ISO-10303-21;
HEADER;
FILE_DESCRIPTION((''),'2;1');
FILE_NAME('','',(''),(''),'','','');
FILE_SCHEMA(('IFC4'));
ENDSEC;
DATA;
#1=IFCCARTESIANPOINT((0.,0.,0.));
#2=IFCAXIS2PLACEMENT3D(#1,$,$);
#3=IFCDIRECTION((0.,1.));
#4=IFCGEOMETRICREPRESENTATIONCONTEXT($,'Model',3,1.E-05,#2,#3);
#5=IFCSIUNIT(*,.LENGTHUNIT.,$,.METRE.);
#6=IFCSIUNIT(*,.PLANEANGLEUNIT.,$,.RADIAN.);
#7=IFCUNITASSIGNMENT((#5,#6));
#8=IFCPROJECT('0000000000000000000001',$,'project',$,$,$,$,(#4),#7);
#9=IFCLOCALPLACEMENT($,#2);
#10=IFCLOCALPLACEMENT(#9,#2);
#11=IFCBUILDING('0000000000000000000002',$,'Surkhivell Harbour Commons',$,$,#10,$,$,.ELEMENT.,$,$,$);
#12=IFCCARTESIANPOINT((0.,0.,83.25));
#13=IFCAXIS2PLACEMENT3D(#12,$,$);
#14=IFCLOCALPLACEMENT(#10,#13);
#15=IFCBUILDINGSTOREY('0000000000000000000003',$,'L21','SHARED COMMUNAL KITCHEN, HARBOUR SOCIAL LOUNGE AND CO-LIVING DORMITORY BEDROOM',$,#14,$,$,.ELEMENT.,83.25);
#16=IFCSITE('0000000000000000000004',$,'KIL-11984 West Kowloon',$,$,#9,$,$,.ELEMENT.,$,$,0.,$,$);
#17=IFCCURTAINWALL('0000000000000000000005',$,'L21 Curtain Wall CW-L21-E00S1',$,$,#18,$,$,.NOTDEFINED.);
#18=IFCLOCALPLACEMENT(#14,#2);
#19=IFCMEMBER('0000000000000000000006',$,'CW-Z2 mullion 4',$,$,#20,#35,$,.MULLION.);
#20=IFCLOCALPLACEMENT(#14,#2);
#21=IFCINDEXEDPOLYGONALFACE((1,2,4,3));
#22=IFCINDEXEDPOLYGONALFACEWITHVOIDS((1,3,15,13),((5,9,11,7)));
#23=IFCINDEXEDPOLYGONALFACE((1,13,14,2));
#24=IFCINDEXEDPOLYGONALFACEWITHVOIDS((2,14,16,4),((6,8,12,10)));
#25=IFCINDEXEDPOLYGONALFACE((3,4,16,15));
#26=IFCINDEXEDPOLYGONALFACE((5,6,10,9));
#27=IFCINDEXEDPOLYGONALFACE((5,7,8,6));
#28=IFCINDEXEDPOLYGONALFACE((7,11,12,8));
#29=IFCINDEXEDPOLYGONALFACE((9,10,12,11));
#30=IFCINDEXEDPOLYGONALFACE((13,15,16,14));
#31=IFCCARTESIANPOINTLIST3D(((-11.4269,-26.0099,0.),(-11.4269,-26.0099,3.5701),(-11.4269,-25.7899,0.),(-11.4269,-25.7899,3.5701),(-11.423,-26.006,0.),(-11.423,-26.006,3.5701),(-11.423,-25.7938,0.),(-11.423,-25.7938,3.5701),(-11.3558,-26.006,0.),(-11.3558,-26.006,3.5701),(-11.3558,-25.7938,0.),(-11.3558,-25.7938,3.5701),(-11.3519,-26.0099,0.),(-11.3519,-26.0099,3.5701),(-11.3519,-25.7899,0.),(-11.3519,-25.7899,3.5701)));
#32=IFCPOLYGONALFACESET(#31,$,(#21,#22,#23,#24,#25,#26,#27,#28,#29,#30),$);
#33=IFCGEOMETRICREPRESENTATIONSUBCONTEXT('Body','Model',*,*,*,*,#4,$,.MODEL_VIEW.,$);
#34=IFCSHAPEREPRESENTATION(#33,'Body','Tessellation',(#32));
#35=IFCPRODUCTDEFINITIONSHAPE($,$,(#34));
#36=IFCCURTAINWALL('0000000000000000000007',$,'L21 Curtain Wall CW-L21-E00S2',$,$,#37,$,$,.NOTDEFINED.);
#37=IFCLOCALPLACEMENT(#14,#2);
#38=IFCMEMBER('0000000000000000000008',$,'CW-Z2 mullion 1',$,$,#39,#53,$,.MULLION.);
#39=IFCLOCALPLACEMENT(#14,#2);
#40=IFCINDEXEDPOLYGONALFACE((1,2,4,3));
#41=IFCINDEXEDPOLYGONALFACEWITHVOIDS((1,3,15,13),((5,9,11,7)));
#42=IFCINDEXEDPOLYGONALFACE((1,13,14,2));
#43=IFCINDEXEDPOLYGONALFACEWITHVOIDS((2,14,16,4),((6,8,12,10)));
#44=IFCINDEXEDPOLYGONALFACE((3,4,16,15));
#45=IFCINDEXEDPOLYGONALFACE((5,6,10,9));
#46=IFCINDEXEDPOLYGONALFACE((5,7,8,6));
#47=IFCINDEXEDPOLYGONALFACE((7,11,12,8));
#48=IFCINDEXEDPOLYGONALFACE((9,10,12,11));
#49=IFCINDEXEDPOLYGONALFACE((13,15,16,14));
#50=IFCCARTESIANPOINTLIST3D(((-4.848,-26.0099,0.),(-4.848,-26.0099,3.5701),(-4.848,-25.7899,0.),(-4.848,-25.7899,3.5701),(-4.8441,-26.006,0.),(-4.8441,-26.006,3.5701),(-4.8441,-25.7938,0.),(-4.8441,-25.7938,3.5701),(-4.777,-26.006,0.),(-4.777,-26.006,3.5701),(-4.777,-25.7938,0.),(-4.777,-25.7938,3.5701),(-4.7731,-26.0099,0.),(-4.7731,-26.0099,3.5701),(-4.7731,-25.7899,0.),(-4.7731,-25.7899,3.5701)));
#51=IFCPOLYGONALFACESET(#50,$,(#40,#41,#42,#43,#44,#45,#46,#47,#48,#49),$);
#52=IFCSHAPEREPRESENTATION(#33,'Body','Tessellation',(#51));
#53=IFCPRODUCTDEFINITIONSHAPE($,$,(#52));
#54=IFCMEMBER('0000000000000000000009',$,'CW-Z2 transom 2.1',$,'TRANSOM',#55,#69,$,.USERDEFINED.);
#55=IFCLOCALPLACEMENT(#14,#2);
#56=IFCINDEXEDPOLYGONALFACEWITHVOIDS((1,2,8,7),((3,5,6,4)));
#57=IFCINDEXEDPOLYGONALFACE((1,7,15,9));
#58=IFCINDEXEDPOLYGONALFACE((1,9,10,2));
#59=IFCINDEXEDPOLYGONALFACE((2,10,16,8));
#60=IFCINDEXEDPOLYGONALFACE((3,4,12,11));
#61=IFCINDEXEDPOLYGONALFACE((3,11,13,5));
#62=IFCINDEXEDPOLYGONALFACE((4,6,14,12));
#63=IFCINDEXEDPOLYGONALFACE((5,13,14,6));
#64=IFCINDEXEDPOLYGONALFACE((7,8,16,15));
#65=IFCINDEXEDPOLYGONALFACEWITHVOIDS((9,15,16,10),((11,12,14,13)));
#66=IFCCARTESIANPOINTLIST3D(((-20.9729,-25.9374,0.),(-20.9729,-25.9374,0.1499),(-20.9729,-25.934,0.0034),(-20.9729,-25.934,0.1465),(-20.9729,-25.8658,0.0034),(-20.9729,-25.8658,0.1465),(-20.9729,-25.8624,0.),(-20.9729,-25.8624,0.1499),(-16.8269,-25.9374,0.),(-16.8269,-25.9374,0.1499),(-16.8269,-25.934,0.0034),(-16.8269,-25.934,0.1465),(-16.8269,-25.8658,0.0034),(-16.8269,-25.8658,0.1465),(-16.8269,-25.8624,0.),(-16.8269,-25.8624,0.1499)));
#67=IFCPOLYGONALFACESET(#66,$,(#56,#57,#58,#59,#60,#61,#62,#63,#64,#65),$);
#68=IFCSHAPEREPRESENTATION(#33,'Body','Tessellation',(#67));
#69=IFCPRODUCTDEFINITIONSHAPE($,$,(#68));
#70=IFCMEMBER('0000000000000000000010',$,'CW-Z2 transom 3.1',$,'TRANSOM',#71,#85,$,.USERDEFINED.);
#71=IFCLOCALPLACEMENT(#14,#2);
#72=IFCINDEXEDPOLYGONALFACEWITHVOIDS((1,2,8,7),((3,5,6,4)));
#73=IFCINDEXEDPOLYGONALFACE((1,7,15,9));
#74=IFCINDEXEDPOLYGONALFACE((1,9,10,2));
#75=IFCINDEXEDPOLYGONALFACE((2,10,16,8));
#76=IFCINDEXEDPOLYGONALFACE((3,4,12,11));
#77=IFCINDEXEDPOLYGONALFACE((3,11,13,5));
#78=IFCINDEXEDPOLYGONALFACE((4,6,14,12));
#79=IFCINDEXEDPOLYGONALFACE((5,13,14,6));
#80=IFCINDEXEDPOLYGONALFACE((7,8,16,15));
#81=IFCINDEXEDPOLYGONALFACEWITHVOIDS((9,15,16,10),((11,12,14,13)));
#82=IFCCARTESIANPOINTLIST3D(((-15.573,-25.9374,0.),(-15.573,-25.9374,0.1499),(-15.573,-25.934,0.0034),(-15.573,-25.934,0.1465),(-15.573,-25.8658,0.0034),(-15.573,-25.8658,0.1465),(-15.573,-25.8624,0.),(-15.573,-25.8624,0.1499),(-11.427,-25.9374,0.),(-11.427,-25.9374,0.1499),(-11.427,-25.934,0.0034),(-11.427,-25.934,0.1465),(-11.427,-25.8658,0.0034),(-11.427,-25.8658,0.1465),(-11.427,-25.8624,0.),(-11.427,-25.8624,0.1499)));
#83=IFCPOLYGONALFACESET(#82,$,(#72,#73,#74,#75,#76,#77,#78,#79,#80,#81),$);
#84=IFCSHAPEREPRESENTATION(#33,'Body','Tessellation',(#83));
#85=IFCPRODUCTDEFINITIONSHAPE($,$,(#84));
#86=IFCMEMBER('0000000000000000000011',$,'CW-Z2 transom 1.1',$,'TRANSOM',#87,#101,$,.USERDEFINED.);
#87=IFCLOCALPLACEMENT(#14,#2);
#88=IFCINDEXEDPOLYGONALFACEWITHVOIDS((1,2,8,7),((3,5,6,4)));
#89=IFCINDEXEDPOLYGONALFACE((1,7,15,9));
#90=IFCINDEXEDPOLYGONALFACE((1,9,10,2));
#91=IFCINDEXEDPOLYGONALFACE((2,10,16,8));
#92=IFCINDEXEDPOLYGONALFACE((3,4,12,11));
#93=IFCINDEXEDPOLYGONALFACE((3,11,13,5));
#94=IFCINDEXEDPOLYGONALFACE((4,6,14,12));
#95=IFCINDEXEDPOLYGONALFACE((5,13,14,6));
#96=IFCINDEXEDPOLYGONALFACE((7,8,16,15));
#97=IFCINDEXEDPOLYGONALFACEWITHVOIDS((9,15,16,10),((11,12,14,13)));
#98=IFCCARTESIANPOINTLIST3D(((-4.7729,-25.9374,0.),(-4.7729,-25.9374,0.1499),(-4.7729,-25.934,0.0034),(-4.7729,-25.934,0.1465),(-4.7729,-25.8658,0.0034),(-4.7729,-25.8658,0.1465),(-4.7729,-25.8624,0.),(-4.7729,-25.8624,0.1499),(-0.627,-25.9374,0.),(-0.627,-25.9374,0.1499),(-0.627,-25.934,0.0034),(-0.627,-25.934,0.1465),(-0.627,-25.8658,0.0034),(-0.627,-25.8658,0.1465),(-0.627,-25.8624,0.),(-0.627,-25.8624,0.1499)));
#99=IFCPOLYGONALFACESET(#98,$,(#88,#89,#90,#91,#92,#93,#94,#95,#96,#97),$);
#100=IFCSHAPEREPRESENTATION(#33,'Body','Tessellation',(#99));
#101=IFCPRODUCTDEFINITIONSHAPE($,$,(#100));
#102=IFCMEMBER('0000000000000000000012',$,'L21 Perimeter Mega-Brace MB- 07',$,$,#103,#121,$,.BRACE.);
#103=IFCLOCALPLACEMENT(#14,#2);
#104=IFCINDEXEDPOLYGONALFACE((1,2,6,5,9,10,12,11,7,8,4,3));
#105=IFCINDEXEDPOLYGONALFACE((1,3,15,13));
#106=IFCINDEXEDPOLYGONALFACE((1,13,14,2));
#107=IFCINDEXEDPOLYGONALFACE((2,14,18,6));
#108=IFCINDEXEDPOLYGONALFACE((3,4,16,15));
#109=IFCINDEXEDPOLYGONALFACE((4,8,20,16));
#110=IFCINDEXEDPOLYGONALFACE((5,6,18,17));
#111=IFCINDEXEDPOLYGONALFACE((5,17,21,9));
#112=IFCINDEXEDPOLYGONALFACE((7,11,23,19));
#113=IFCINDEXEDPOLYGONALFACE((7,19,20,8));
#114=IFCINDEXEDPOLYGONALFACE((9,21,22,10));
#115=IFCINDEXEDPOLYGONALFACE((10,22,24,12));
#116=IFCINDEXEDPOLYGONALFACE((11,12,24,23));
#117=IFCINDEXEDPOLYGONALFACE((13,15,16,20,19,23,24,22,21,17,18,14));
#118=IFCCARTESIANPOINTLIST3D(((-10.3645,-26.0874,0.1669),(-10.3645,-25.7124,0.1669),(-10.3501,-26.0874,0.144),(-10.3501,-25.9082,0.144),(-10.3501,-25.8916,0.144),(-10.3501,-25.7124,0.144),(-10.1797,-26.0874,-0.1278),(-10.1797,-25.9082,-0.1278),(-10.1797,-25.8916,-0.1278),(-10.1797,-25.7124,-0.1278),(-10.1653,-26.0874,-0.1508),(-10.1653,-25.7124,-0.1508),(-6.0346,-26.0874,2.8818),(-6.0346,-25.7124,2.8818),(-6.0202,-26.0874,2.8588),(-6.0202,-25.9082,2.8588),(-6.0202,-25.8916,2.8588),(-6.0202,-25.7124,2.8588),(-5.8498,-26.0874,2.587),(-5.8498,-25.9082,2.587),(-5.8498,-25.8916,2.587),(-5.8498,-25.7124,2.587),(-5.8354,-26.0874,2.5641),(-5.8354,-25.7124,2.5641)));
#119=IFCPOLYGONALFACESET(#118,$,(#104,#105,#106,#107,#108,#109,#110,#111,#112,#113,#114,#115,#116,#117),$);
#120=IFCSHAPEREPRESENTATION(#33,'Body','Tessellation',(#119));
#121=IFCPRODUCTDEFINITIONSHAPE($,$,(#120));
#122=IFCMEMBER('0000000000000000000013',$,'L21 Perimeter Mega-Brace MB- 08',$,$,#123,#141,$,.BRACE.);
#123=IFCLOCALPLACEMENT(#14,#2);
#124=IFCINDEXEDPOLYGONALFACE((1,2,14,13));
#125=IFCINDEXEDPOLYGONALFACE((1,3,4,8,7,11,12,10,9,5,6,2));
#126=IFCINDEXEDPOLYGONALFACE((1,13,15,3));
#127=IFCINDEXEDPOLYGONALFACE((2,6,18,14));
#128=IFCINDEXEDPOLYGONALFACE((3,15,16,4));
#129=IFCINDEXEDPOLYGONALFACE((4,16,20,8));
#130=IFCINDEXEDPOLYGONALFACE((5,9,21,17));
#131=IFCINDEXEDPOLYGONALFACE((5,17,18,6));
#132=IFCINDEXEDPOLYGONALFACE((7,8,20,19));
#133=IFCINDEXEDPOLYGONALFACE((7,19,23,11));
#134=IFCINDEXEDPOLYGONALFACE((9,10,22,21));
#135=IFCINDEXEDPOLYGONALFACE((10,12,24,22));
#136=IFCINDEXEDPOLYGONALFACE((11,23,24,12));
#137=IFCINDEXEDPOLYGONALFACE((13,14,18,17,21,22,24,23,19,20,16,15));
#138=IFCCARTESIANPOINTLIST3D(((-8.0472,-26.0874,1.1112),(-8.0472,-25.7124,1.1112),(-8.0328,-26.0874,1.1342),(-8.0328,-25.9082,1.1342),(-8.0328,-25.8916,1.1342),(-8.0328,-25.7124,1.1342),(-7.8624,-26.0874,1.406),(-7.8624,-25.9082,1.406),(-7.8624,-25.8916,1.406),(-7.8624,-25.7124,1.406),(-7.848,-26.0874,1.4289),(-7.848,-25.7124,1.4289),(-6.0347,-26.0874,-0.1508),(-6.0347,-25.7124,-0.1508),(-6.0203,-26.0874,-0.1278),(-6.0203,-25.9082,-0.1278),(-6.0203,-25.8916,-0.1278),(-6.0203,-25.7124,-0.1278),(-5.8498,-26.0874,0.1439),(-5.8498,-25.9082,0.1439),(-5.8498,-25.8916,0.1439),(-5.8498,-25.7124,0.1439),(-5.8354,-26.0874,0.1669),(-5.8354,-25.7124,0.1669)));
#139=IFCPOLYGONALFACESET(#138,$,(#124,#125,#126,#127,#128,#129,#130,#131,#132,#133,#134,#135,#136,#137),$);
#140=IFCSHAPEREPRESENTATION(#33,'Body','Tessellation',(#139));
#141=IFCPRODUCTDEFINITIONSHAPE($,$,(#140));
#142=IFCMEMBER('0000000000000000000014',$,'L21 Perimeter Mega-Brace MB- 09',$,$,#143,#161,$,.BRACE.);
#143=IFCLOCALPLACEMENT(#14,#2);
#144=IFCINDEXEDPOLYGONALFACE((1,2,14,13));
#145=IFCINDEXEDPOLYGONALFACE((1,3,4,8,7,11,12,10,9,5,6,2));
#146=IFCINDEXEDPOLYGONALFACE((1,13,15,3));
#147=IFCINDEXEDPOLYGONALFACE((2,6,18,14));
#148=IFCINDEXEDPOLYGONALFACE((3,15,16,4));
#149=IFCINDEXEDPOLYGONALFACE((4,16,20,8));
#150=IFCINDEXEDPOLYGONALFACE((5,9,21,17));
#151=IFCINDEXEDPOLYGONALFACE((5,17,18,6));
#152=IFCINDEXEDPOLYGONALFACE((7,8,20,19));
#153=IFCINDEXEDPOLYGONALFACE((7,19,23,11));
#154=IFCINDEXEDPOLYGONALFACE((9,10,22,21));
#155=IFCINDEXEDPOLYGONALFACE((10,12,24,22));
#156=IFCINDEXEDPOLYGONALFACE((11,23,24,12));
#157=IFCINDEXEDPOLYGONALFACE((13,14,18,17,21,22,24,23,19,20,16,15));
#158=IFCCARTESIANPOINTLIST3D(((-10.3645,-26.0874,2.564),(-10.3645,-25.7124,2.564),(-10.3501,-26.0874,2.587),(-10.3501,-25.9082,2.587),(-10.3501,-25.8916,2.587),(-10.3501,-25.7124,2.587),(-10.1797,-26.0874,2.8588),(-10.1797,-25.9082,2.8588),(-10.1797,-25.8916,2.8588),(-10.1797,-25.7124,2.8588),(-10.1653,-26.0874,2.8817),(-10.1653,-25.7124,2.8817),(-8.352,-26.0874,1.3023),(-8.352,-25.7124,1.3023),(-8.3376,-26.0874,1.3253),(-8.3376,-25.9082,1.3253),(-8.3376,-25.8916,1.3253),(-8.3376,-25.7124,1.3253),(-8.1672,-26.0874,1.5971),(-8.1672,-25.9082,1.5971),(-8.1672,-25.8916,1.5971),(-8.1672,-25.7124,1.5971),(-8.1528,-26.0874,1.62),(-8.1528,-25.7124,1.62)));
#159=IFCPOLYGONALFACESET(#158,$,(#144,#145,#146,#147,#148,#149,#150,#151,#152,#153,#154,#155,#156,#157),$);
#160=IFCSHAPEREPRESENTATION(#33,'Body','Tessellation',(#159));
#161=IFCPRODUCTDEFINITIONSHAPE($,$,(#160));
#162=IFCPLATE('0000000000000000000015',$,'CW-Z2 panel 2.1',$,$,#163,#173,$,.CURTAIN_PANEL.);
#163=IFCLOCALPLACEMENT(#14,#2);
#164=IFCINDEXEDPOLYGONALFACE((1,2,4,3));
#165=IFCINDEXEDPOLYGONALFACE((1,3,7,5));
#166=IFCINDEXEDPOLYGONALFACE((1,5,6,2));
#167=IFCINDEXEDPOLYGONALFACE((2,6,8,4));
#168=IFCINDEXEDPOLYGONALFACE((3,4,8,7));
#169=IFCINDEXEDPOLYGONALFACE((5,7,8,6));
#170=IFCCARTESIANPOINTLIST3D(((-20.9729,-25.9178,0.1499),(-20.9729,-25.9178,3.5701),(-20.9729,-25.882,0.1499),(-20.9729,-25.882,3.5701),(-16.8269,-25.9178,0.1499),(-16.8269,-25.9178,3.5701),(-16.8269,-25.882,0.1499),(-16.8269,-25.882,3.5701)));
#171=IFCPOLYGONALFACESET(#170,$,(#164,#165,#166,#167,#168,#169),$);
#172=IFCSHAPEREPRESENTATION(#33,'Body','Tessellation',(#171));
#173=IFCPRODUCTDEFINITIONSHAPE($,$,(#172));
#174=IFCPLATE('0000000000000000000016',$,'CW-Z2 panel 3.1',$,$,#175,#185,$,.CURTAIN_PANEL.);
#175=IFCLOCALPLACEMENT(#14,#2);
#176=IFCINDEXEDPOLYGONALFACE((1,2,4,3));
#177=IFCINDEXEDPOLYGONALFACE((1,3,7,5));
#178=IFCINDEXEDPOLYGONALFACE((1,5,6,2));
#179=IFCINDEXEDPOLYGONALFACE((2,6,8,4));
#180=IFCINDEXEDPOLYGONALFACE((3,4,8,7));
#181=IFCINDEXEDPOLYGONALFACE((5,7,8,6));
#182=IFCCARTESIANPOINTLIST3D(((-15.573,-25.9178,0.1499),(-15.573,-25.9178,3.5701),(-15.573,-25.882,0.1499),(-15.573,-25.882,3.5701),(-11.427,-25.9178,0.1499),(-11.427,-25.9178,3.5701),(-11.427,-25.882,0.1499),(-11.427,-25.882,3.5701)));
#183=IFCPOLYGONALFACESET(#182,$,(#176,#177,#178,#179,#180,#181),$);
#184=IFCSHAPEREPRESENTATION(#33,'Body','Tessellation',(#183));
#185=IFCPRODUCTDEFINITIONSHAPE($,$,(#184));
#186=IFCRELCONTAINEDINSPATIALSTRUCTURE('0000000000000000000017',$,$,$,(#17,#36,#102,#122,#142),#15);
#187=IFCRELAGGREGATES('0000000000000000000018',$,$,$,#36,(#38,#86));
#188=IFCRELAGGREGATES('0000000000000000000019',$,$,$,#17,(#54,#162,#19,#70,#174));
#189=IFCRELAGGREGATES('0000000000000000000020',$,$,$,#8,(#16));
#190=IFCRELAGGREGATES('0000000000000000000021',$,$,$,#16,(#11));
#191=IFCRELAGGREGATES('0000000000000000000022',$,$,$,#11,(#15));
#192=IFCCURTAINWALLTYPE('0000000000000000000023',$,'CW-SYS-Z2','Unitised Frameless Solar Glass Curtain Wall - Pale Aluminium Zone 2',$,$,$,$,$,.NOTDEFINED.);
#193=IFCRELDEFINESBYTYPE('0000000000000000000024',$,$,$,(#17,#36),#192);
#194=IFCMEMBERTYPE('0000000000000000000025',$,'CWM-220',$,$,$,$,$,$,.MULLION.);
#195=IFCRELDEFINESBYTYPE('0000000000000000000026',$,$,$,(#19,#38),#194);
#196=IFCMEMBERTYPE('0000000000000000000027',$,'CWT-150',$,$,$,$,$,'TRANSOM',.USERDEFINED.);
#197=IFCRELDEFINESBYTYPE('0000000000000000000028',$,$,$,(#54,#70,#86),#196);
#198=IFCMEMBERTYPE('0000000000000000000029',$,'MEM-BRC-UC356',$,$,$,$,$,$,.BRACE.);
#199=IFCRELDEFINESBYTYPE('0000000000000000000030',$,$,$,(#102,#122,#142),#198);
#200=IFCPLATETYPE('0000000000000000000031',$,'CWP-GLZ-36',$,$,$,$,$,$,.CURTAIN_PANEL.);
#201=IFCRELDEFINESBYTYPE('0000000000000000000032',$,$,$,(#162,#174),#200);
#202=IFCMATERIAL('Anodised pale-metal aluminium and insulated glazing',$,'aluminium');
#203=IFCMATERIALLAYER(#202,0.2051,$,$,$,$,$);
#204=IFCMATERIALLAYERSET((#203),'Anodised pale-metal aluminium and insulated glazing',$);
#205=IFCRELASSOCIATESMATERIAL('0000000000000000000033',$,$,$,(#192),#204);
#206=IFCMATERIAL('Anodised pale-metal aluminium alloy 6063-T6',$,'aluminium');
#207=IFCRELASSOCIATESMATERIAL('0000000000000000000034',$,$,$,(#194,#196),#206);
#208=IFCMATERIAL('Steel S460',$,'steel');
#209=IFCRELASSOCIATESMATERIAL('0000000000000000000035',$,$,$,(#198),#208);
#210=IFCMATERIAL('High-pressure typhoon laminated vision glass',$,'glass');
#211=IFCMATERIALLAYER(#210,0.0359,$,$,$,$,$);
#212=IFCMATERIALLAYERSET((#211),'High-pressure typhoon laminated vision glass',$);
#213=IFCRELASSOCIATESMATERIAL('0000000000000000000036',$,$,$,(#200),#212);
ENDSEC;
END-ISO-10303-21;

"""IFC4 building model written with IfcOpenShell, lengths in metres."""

from ifc_helpers import new_model, si_unit, direction, frame, frame_2d, origin, origin_2d, place, context, subcontext, project, spatial, rectangle, hollow_rectangle, i_section, extrude, material, layer, layer_set, material_profile, profile_set, type_object, element, aggregate, save


model = new_model("IFC4")

# Units and contexts
model_context = context("Model", 3, precision=1e-05, world=origin(), true_north=direction((0.0, 1.0)))
body_context = subcontext(model_context, "Body", "Model", "MODEL_VIEW")
ifc_project = project(units=[si_unit("LENGTHUNIT", "METRE"), si_unit("PLANEANGLEUNIT", "RADIAN")], contexts=[model_context])

# Site, building, storey
site_placement = place(None, origin())
site = spatial("IfcSite", under=ifc_project, at=site_placement, Name="KIL-11984 West Kowloon", CompositionType="ELEMENT", RefElevation=0.0)
building_placement = place(site_placement, origin())
building = spatial("IfcBuilding", under=site, at=building_placement, Name="Surkhivell Harbour Commons", CompositionType="ELEMENT")
storey_placement = place(building_placement, frame((0.0, 0.0, 83.25)))
storey = spatial("IfcBuildingStorey", under=building, at=storey_placement, Name="L21", Description="SHARED COMMUNAL KITCHEN, HARBOUR SOCIAL LOUNGE AND CO-LIVING DORMITORY BEDROOM", CompositionType="ELEMENT", Elevation=83.25)

# Shared definitions
ifc_material_1 = material(Name="Steel S460", Category="steel")

# Curtain wall, member
ifc_material_2 = material(Name="Anodised pale-metal aluminium and insulated glazing", Category="aluminium")
ifc_layer_1 = layer(ifc_material_2, 0.2051)
ifc_layer_set_1 = layer_set([ifc_layer_1], Name="Anodised pale-metal aluminium and insulated glazing")
curtain_wall_type = type_object("IfcCurtainWallType", Name="CW-SYS-Z2", Description="Unitised Frameless Solar Glass Curtain Wall - Pale Aluminium Zone 2", PredefinedType="NOTDEFINED", material=ifc_layer_set_1)
curtain_wall_1_placement = place(storey_placement, origin())
curtain_wall_1 = element("IfcCurtainWall", 1, at=curtain_wall_1_placement, inside=storey, type_object=curtain_wall_type, Name="L21 Curtain Wall CW-L21-E00S1", PredefinedType="NOTDEFINED")
ifc_material_3 = material(Name="Anodised pale-metal aluminium alloy 6063-T6", Category="aluminium")
ifc_material_profile_1 = material_profile(ifc_material_3, hollow_rectangle(XDim=0.075, YDim=0.22, WallThickness=0.0039, at=origin_2d()), Name="ALU-MULL-75x220")
ifc_profile_set_1 = profile_set([ifc_material_profile_1], Name="Anodised pale-metal aluminium alloy 6063-T6")
member_type_1 = type_object("IfcMemberType", Name="CWM-220", PredefinedType="MULLION", material=ifc_profile_set_1)
member_1_placement = place(storey_placement, frame((-11.3894, -25.8999, 0.0), z_axis=(0.0, 0.0, 1.0), x_axis=(1.0, 0.0, 0.0)))
member_1 = element("IfcMember", 2, at=member_1_placement, type_object=member_type_1, Name="CW-Z2 mullion 4", PredefinedType="MULLION", context=body_context, shape_type="SweptSolid", body=[
    extrude(hollow_rectangle(XDim=0.075, YDim=0.22, WallThickness=0.0039, at=origin_2d()), origin(), (0.0, 0.0, 1.0), 3.5701),
])

# Curtain wall, member
curtain_wall_2_placement = place(storey_placement, origin())
curtain_wall_2 = element("IfcCurtainWall", 3, at=curtain_wall_2_placement, inside=storey, type_object=curtain_wall_type, Name="L21 Curtain Wall CW-L21-E00S2", PredefinedType="NOTDEFINED")
member_2_placement = place(storey_placement, frame((-4.8105, -25.8999, 0.0), z_axis=(0.0, 0.0, 1.0), x_axis=(1.0, 0.0, 0.0)))
member_2 = element("IfcMember", 4, at=member_2_placement, type_object=member_type_1, Name="CW-Z2 mullion 1", PredefinedType="MULLION", context=body_context, shape_type="SweptSolid", body=[
    extrude(hollow_rectangle(XDim=0.075, YDim=0.22, WallThickness=0.0039, at=origin_2d()), origin(), (0.0, 0.0, 1.0), 3.5701),
])

# Members
ifc_material_profile_2 = material_profile(ifc_material_3, hollow_rectangle(XDim=0.075, YDim=0.1499, WallThickness=0.0034, at=origin_2d()), Name="ALU-TRAN-75x150")
ifc_profile_set_2 = profile_set([ifc_material_profile_2], Name="Anodised pale-metal aluminium alloy 6063-T6")
member_type_2 = type_object("IfcMemberType", Name="CWT-150", ElementType="TRANSOM", PredefinedType="USERDEFINED", material=ifc_profile_set_2)
member_3_placement = place(storey_placement, frame((-20.9729, -25.8999, 0.075), z_axis=(1.0, 0.0, 0.0), x_axis=(0.0, 1.0, 0.0)))
member_3 = element("IfcMember", 5, at=member_3_placement, type_object=member_type_2, Name="CW-Z2 transom 2.1", ObjectType="TRANSOM", PredefinedType="USERDEFINED", context=body_context, shape_type="SweptSolid", body=[
    extrude(hollow_rectangle(XDim=0.075, YDim=0.1499, WallThickness=0.0034, at=origin_2d()), origin(), (0.0, 0.0, 1.0), 4.146),
])
member_4_placement = place(storey_placement, frame((-15.573, -25.8999, 0.075), z_axis=(1.0, 0.0, 0.0), x_axis=(0.0, 1.0, 0.0)))
member_4 = element("IfcMember", 6, at=member_4_placement, type_object=member_type_2, Name="CW-Z2 transom 3.1", ObjectType="TRANSOM", PredefinedType="USERDEFINED", context=body_context, shape_type="SweptSolid", body=[
    extrude(hollow_rectangle(XDim=0.075, YDim=0.1499, WallThickness=0.0034, at=origin_2d()), origin(), (0.0, 0.0, 1.0), 4.146),
])
member_5_placement = place(storey_placement, frame((-4.7729, -25.8999, 0.075), z_axis=(1.0, 0.0, 0.0), x_axis=(0.0, 1.0, 0.0)))
member_5 = element("IfcMember", 7, at=member_5_placement, type_object=member_type_2, Name="CW-Z2 transom 1.1", ObjectType="TRANSOM", PredefinedType="USERDEFINED", context=body_context, shape_type="SweptSolid", body=[
    extrude(hollow_rectangle(XDim=0.075, YDim=0.1499, WallThickness=0.0034, at=origin_2d()), origin(), (0.0, 0.0, 1.0), 4.146),
])
aggregate(curtain_wall_2, [member_2, member_5])

# Members
ifc_material_profile_3 = material_profile(ifc_material_1, i_section(OverallWidth=0.375, OverallDepth=0.375, WebThickness=0.0166, FlangeThickness=0.0271, at=origin_2d()), Name="UC356x368x202")
ifc_profile_set_3 = profile_set([ifc_material_profile_3], Name="Steel S460")
member_type_3 = type_object("IfcMemberType", Name="MEM-BRC-UC356", PredefinedType="BRACE", material=ifc_profile_set_3)
member_6_placement = place(storey_placement, frame((-10.2649, -25.8999, 0.0081), z_axis=(0.847233, 0.0, 0.531222), x_axis=(0.0, 1.0, 0.0)))
element("IfcMember", 8, at=member_6_placement, inside=storey, type_object=member_type_3, Name="L21 Perimeter Mega-Brace MB- 07", PredefinedType="BRACE", context=body_context, shape_type="SweptSolid", body=[
    extrude(i_section(OverallWidth=0.375, OverallDepth=0.375, WebThickness=0.0166, FlangeThickness=0.0271, at=origin_2d()), origin(), (0.0, 0.0, 1.0), 5.1106),
])
member_7_placement = place(storey_placement, frame((-5.9351, -25.8999, 0.0081), z_axis=(-0.847206, 0.0, 0.531264), x_axis=(0.0, -1.0, 0.0)))
element("IfcMember", 9, at=member_7_placement, inside=storey, type_object=member_type_3, Name="L21 Perimeter Mega-Brace MB- 08", PredefinedType="BRACE", context=body_context, shape_type="SweptSolid", body=[
    extrude(i_section(OverallWidth=0.375, OverallDepth=0.375, WebThickness=0.0166, FlangeThickness=0.0271, at=origin_2d()), origin(), (0.0, 0.0, 1.0), 2.3755),
])
member_8_placement = place(storey_placement, frame((-8.2524, -25.8999, 1.4612), z_axis=(-0.847253, 0.0, 0.53119), x_axis=(0.0, -1.0, 0.0)))
element("IfcMember", 10, at=member_8_placement, inside=storey, type_object=member_type_3, Name="L21 Perimeter Mega-Brace MB- 09", PredefinedType="BRACE", context=body_context, shape_type="SweptSolid", body=[
    extrude(i_section(OverallWidth=0.375, OverallDepth=0.375, WebThickness=0.0166, FlangeThickness=0.0271, at=origin_2d()), origin(), (0.0, 0.0, 1.0), 2.3752),
])

# Plates
ifc_material_4 = material(Name="High-pressure typhoon laminated vision glass", Category="glass")
ifc_layer_2 = layer(ifc_material_4, 0.0359)
ifc_layer_set_2 = layer_set([ifc_layer_2], Name="High-pressure typhoon laminated vision glass")
plate_type_1 = type_object("IfcPlateType", Name="CWP-GLZ-36", PredefinedType="CURTAIN_PANEL", material=ifc_layer_set_2)
plate_1_placement = place(storey_placement, frame((-20.9729, -25.8999, 0.1499), z_axis=(0.0, 0.0, 1.0), x_axis=(1.0, 0.0, 0.0)))
plate_1 = element("IfcPlate", 11, at=plate_1_placement, type_object=plate_type_1, Name="CW-Z2 panel 2.1", PredefinedType="CURTAIN_PANEL", context=body_context, shape_type="SweptSolid", body=[
    extrude(rectangle(XDim=4.146, YDim=0.0359, at=frame_2d((2.073, 0.0))), origin(), (0.0, 0.0, 1.0), 3.4202),
])
plate_2_placement = place(storey_placement, frame((-15.573, -25.8999, 0.1499), z_axis=(0.0, 0.0, 1.0), x_axis=(1.0, 0.0, 0.0)))
plate_2 = element("IfcPlate", 12, at=plate_2_placement, type_object=plate_type_1, Name="CW-Z2 panel 3.1", PredefinedType="CURTAIN_PANEL", context=body_context, shape_type="SweptSolid", body=[
    extrude(rectangle(XDim=4.146, YDim=0.0359, at=frame_2d((2.073, 0.0))), origin(), (0.0, 0.0, 1.0), 3.4202),
])
aggregate(curtain_wall_1, [member_3, plate_1, member_1, member_4, plate_2])

save(model, "model.ifc")
